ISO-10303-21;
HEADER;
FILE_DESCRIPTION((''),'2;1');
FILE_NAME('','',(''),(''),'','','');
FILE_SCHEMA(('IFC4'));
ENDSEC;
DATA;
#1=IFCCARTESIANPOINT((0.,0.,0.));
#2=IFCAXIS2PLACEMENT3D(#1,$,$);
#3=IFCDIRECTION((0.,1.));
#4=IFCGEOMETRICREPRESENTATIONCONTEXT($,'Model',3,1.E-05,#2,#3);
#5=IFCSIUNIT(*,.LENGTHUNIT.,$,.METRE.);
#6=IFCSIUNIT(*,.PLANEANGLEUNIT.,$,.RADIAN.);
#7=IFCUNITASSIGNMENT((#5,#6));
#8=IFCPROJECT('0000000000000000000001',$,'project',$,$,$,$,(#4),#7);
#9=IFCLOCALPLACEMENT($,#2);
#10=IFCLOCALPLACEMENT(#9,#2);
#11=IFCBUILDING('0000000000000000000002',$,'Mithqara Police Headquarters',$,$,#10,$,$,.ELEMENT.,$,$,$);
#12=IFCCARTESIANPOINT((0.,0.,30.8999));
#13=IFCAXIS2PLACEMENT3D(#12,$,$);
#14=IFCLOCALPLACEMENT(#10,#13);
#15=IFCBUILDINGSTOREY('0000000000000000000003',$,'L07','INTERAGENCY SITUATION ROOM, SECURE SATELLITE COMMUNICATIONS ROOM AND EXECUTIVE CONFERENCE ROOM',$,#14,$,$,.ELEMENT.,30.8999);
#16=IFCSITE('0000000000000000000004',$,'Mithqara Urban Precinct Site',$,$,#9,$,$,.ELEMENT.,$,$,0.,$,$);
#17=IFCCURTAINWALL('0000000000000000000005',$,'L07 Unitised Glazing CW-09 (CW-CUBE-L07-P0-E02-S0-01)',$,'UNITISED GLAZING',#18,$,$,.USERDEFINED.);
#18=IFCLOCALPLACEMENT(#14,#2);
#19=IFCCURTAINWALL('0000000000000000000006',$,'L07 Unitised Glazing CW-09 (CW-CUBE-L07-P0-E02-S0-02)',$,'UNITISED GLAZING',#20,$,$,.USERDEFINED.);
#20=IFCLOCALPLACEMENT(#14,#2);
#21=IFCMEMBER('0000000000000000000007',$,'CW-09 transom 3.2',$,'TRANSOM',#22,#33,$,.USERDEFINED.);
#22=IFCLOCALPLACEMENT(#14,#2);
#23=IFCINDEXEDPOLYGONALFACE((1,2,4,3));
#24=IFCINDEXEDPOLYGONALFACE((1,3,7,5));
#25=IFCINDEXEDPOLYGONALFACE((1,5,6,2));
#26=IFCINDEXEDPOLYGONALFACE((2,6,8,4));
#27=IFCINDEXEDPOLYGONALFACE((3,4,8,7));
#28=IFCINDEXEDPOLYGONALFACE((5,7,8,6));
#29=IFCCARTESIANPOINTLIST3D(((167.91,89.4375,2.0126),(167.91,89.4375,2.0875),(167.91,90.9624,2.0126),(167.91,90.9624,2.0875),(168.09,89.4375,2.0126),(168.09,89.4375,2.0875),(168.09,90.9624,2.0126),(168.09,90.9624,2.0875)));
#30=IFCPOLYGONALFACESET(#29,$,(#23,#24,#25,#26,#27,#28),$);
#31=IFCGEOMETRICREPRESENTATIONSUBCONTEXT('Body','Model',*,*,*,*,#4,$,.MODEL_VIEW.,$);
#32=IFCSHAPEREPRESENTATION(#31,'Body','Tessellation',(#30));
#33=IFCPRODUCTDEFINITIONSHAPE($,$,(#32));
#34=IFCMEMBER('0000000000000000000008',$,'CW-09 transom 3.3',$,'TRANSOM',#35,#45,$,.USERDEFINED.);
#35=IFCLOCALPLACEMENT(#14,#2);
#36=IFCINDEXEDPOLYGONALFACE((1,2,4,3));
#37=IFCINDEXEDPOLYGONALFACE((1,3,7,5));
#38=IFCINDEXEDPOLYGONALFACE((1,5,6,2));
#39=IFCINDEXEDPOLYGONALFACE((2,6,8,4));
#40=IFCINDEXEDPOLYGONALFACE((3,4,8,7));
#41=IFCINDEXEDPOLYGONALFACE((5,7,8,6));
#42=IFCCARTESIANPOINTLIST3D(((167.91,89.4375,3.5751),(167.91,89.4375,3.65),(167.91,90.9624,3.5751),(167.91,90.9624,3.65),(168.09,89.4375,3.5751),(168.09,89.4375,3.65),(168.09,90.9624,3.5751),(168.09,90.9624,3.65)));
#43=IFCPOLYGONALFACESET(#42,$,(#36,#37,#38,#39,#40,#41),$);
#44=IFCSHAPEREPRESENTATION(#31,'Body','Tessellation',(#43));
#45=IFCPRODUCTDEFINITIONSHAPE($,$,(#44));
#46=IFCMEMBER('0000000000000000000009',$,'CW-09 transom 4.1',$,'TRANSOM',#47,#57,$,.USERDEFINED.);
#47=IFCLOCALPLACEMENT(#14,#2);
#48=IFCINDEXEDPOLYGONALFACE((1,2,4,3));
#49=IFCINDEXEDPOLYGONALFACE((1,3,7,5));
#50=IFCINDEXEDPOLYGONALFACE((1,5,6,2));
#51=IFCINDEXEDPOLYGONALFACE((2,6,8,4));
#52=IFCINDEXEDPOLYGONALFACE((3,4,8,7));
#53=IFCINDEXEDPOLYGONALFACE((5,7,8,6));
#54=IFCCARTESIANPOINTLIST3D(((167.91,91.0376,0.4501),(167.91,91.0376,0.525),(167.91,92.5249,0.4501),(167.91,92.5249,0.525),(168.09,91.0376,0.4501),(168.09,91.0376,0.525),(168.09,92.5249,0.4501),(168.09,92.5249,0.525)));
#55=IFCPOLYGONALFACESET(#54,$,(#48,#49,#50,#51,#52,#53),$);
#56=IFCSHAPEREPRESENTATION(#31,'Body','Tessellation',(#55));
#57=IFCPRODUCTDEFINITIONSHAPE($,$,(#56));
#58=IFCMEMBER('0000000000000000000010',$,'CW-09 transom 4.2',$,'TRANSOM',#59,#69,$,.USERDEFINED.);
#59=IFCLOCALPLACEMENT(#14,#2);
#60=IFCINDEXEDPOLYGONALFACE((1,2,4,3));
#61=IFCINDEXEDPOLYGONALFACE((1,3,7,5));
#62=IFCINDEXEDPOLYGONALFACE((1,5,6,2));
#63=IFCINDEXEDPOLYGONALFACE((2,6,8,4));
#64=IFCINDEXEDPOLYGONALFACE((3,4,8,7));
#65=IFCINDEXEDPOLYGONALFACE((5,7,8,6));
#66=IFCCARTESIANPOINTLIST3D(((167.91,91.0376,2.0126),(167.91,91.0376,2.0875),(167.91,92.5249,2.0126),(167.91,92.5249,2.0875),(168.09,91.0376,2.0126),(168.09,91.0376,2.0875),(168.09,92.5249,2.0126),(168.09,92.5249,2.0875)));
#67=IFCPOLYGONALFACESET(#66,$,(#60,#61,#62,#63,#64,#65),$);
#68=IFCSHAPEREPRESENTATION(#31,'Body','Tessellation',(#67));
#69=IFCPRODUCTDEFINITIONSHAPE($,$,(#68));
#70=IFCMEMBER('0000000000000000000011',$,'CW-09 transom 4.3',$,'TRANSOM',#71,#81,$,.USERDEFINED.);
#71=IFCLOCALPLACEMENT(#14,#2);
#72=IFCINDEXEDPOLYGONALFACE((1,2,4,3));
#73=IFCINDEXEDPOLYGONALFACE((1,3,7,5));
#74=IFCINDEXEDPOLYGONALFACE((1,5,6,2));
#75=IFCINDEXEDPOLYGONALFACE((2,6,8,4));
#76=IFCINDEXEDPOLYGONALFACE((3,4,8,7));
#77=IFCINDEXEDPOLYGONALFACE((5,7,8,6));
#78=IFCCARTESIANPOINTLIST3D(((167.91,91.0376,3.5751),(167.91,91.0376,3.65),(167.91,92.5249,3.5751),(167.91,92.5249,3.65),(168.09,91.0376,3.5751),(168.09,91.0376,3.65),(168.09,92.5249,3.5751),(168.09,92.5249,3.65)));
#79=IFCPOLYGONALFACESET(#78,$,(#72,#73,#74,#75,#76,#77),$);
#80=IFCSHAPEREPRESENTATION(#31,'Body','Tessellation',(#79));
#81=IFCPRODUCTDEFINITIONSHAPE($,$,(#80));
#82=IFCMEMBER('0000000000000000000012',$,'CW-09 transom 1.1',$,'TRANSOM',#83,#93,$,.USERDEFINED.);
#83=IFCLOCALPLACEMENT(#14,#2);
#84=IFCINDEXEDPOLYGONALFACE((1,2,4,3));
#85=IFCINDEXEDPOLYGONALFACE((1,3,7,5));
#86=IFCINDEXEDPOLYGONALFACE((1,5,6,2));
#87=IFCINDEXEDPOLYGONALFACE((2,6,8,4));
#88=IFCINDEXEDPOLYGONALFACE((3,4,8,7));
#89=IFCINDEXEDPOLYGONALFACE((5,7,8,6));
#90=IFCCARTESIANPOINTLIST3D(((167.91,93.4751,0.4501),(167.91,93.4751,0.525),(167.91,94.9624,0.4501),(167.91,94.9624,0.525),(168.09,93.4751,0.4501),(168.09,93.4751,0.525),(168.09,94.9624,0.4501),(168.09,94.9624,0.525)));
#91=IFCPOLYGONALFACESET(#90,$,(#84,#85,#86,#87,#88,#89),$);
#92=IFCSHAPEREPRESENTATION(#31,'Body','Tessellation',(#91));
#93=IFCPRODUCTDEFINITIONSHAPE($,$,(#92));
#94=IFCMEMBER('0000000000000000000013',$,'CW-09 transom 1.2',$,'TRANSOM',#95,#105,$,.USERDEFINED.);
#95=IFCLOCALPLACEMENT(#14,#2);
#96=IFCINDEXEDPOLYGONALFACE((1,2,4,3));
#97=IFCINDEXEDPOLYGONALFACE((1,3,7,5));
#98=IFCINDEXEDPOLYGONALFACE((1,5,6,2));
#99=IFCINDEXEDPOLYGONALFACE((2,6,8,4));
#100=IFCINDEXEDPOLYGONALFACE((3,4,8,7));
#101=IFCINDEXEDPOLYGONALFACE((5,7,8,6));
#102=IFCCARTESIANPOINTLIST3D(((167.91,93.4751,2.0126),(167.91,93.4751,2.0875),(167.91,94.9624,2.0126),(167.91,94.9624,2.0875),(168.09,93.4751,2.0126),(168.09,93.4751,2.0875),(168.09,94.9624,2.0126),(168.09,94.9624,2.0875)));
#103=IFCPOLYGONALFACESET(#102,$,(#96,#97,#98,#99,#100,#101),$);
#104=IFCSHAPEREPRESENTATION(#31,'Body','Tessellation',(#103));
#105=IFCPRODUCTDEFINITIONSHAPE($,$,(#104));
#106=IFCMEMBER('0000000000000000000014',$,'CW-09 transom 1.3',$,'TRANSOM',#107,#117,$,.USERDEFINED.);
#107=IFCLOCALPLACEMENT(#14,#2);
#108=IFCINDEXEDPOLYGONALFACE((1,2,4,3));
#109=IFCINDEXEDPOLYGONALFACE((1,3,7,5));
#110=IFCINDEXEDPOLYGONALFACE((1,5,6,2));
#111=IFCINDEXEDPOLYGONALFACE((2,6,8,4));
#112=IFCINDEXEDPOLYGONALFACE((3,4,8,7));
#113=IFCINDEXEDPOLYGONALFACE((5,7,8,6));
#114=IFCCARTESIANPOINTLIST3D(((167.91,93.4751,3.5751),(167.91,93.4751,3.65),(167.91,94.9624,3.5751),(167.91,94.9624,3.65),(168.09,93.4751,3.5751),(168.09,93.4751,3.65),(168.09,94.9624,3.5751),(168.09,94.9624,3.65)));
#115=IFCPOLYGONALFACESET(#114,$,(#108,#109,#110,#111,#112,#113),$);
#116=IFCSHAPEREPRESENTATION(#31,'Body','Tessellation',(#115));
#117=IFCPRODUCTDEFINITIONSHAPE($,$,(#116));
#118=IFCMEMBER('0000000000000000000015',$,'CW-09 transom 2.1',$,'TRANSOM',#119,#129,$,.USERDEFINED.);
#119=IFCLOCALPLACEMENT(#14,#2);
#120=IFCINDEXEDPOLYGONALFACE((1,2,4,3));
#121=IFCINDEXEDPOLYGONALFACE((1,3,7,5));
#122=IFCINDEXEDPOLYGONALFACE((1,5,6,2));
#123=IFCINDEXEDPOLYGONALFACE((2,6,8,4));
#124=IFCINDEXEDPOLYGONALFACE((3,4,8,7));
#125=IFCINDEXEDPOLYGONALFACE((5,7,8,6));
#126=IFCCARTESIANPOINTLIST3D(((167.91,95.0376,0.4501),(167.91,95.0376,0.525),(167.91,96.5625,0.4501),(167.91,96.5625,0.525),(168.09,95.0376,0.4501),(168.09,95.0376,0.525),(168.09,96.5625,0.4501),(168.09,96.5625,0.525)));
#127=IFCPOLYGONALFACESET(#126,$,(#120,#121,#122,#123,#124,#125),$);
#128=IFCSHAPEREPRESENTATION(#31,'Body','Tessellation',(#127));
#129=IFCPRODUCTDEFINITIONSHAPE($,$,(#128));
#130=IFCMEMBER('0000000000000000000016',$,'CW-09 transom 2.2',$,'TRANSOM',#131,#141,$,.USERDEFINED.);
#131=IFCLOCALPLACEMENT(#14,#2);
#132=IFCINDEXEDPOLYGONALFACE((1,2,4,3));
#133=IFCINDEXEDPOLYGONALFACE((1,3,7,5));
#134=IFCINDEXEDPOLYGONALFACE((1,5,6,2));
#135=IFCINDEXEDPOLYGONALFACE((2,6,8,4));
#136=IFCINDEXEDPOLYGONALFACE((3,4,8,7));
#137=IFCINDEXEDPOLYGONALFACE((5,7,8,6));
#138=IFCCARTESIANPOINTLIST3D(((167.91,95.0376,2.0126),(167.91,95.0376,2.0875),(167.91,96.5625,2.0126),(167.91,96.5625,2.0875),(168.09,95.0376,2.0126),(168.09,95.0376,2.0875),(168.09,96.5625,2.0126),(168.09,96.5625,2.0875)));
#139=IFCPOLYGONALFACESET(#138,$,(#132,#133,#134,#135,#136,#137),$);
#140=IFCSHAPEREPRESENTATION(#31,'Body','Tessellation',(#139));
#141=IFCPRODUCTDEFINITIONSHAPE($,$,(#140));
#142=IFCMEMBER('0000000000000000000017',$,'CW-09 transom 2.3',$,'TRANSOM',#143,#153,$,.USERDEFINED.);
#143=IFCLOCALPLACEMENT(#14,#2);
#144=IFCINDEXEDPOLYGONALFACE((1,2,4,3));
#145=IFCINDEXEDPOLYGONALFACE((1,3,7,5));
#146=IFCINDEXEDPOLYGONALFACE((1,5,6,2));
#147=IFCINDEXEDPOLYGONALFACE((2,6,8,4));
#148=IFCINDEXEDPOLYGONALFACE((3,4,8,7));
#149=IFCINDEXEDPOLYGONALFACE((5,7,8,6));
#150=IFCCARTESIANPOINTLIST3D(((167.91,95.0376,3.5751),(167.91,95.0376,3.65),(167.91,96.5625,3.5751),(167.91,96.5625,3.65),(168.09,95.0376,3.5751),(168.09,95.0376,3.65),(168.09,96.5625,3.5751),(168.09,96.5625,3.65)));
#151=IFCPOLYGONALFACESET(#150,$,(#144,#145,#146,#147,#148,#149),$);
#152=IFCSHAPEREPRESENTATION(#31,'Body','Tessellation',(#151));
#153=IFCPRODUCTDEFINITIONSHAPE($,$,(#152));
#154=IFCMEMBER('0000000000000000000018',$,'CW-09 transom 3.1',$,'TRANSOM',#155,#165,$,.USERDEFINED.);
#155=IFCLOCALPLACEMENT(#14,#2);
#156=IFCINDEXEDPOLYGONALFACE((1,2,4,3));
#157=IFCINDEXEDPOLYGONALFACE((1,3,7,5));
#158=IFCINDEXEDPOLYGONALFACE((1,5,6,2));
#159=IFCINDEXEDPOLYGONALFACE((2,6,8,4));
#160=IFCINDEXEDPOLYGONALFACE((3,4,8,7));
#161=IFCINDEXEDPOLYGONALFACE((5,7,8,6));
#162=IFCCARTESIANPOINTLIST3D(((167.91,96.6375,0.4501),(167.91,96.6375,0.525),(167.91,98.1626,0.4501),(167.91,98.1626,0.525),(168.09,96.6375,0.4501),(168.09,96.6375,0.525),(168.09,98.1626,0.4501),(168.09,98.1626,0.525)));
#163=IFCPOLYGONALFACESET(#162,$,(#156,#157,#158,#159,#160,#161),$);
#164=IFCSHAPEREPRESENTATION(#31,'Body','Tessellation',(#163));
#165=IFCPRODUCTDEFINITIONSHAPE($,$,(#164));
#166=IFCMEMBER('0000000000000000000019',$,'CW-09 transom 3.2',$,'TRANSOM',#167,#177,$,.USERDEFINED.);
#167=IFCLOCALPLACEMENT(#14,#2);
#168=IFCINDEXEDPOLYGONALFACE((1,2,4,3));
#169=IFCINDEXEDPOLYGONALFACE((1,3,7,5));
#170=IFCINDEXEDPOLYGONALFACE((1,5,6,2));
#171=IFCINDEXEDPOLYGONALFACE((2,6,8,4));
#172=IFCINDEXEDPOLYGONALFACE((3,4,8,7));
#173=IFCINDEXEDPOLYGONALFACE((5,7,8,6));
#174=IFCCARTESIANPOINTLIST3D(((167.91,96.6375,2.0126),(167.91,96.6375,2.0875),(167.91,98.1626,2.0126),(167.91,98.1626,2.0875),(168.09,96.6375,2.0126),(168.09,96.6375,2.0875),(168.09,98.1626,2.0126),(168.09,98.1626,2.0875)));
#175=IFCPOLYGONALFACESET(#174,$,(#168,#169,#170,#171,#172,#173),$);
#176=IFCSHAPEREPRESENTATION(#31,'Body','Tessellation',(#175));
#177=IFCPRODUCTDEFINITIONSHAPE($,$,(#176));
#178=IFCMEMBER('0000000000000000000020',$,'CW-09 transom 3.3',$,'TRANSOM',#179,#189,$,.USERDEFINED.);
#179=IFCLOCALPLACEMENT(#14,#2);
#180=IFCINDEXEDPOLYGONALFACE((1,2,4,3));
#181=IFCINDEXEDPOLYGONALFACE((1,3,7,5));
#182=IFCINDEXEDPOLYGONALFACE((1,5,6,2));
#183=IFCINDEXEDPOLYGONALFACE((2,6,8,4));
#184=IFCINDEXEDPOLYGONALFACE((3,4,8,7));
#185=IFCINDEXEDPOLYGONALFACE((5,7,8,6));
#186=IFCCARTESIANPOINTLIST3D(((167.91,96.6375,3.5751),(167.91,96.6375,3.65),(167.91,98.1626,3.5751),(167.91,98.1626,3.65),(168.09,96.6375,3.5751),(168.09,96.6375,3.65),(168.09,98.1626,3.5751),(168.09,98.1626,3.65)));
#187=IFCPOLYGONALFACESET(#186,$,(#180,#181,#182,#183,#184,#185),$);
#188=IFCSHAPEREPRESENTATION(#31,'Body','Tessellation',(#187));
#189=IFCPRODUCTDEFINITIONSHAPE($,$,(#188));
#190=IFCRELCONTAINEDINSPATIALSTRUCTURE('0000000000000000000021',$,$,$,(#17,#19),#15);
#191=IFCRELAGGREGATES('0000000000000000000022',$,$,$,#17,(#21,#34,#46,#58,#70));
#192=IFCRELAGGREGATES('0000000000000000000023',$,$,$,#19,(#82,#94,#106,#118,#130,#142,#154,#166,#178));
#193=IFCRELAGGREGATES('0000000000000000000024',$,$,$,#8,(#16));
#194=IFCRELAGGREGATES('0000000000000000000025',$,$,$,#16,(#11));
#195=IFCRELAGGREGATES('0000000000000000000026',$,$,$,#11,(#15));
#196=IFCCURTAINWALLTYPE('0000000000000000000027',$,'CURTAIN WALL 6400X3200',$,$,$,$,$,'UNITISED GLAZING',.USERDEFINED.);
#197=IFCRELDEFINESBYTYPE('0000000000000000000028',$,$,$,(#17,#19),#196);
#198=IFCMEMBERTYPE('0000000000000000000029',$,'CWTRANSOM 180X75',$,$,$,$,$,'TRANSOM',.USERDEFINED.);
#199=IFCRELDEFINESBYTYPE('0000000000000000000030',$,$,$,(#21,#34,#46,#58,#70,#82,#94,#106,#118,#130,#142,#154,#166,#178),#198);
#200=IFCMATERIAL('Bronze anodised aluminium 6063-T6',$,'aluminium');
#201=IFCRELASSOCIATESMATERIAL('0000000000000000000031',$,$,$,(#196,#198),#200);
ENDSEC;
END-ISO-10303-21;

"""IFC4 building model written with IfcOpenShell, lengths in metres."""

from ifc_helpers import new_model, si_unit, direction, frame, origin, origin_2d, place, context, subcontext, project, spatial, rectangle, extrude, material, material_profile, profile_set, type_object, element, aggregate, save


model = new_model("IFC4")

# Units and contexts
model_context = context("Model", 3, precision=1e-05, world=origin(), true_north=direction((0.0, 1.0)))
body_context = subcontext(model_context, "Body", "Model", "MODEL_VIEW")
ifc_project = project(units=[si_unit("LENGTHUNIT", "METRE"), si_unit("PLANEANGLEUNIT", "RADIAN")], contexts=[model_context])

# Site, building, storey
site_placement = place(None, origin())
site = spatial("IfcSite", under=ifc_project, at=site_placement, Name="Mithqara Urban Precinct Site", CompositionType="ELEMENT", RefElevation=0.0)
building_placement = place(site_placement, origin())
building = spatial("IfcBuilding", under=site, at=building_placement, Name="Mithqara Police Headquarters", CompositionType="ELEMENT")
storey_placement = place(building_placement, frame((0.0, 0.0, 30.8999)))
storey = spatial("IfcBuildingStorey", under=building, at=storey_placement, Name="L07", Description="INTERAGENCY SITUATION ROOM, SECURE SATELLITE COMMUNICATIONS ROOM AND EXECUTIVE CONFERENCE ROOM", CompositionType="ELEMENT", Elevation=30.8999)

# Curtain walls
ifc_material_1 = material(Name="Bronze anodised aluminium 6063-T6", Category="aluminium")
curtain_wall_type = type_object("IfcCurtainWallType", Name="CURTAIN WALL 6400X3200", ElementType="UNITISED GLAZING", PredefinedType="USERDEFINED", material=ifc_material_1)
curtain_wall_1_placement = place(storey_placement, origin())
curtain_wall_1 = element("IfcCurtainWall", 1, at=curtain_wall_1_placement, inside=storey, type_object=curtain_wall_type, Name="L07 Unitised Glazing CW-09 (CW-CUBE-L07-P0-E02-S0-01)", ObjectType="UNITISED GLAZING", PredefinedType="USERDEFINED")
curtain_wall_2_placement = place(storey_placement, origin())
curtain_wall_2 = element("IfcCurtainWall", 2, at=curtain_wall_2_placement, inside=storey, type_object=curtain_wall_type, Name="L07 Unitised Glazing CW-09 (CW-CUBE-L07-P0-E02-S0-02)", ObjectType="UNITISED GLAZING", PredefinedType="USERDEFINED")

# Members
ifc_material_profile_1 = material_profile(ifc_material_1, rectangle(XDim=0.1799, YDim=0.075, at=origin_2d()), Name="CWT 180x75")
ifc_profile_set_1 = profile_set([ifc_material_profile_1], Name="Bronze anodised aluminium 6063-T6")
member_type_1 = type_object("IfcMemberType", Name="CWTRANSOM 180X75", ElementType="TRANSOM", PredefinedType="USERDEFINED", material=ifc_profile_set_1)
member_1_placement = place(storey_placement, frame((168.0, 89.4375, 2.05), z_axis=(0.0, 1.0, 0.0), x_axis=(-1.0, 0.0, 0.0)))
member_1 = element("IfcMember", 3, at=member_1_placement, type_object=member_type_1, Name="CW-09 transom 3.2", ObjectType="TRANSOM", PredefinedType="USERDEFINED", context=body_context, shape_type="SweptSolid", body=[
    extrude(rectangle(XDim=0.1799, YDim=0.075, at=origin_2d()), origin(), (0.0, 0.0, 1.0), 1.5249),
])
member_2_placement = place(storey_placement, frame((168.0, 89.4375, 3.6125), z_axis=(0.0, 1.0, 0.0), x_axis=(-1.0, 0.0, 0.0)))
member_2 = element("IfcMember", 4, at=member_2_placement, type_object=member_type_1, Name="CW-09 transom 3.3", ObjectType="TRANSOM", PredefinedType="USERDEFINED", context=body_context, shape_type="SweptSolid", body=[
    extrude(rectangle(XDim=0.1799, YDim=0.075, at=origin_2d()), origin(), (0.0, 0.0, 1.0), 1.5249),
])
member_3_placement = place(storey_placement, frame((168.0, 91.0376, 0.4875), z_axis=(0.0, 1.0, 0.0), x_axis=(-1.0, 0.0, 0.0)))
member_3 = element("IfcMember", 5, at=member_3_placement, type_object=member_type_1, Name="CW-09 transom 4.1", ObjectType="TRANSOM", PredefinedType="USERDEFINED", context=body_context, shape_type="SweptSolid", body=[
    extrude(rectangle(XDim=0.1799, YDim=0.075, at=origin_2d()), origin(), (0.0, 0.0, 1.0), 1.4873),
])
member_4_placement = place(storey_placement, frame((168.0, 91.0376, 2.05), z_axis=(0.0, 1.0, 0.0), x_axis=(-1.0, 0.0, 0.0)))
member_4 = element("IfcMember", 6, at=member_4_placement, type_object=member_type_1, Name="CW-09 transom 4.2", ObjectType="TRANSOM", PredefinedType="USERDEFINED", context=body_context, shape_type="SweptSolid", body=[
    extrude(rectangle(XDim=0.1799, YDim=0.075, at=origin_2d()), origin(), (0.0, 0.0, 1.0), 1.4873),
])
member_5_placement = place(storey_placement, frame((168.0, 91.0376, 3.6125), z_axis=(0.0, 1.0, 0.0), x_axis=(-1.0, 0.0, 0.0)))
member_5 = element("IfcMember", 7, at=member_5_placement, type_object=member_type_1, Name="CW-09 transom 4.3", ObjectType="TRANSOM", PredefinedType="USERDEFINED", context=body_context, shape_type="SweptSolid", body=[
    extrude(rectangle(XDim=0.1799, YDim=0.075, at=origin_2d()), origin(), (0.0, 0.0, 1.0), 1.4873),
])
member_6_placement = place(storey_placement, frame((168.0, 93.4751, 0.4875), z_axis=(0.0, 1.0, 0.0), x_axis=(-1.0, 0.0, 0.0)))
member_6 = element("IfcMember", 8, at=member_6_placement, type_object=member_type_1, Name="CW-09 transom 1.1", ObjectType="TRANSOM", PredefinedType="USERDEFINED", context=body_context, shape_type="SweptSolid", body=[
    extrude(rectangle(XDim=0.1799, YDim=0.075, at=origin_2d()), origin(), (0.0, 0.0, 1.0), 1.4873),
])
member_7_placement = place(storey_placement, frame((168.0, 93.4751, 2.05), z_axis=(0.0, 1.0, 0.0), x_axis=(-1.0, 0.0, 0.0)))
member_7 = element("IfcMember", 9, at=member_7_placement, type_object=member_type_1, Name="CW-09 transom 1.2", ObjectType="TRANSOM", PredefinedType="USERDEFINED", context=body_context, shape_type="SweptSolid", body=[
    extrude(rectangle(XDim=0.1799, YDim=0.075, at=origin_2d()), origin(), (0.0, 0.0, 1.0), 1.4873),
])
member_8_placement = place(storey_placement, frame((168.0, 93.4751, 3.6125), z_axis=(0.0, 1.0, 0.0), x_axis=(-1.0, 0.0, 0.0)))
member_8 = element("IfcMember", 10, at=member_8_placement, type_object=member_type_1, Name="CW-09 transom 1.3", ObjectType="TRANSOM", PredefinedType="USERDEFINED", context=body_context, shape_type="SweptSolid", body=[
    extrude(rectangle(XDim=0.1799, YDim=0.075, at=origin_2d()), origin(), (0.0, 0.0, 1.0), 1.4873),
])
member_9_placement = place(storey_placement, frame((168.0, 95.0376, 0.4875), z_axis=(0.0, 1.0, 0.0), x_axis=(-1.0, 0.0, 0.0)))
member_9 = element("IfcMember", 11, at=member_9_placement, type_object=member_type_1, Name="CW-09 transom 2.1", ObjectType="TRANSOM", PredefinedType="USERDEFINED", context=body_context, shape_type="SweptSolid", body=[
    extrude(rectangle(XDim=0.1799, YDim=0.075, at=origin_2d()), origin(), (0.0, 0.0, 1.0), 1.5249),
])
member_10_placement = place(storey_placement, frame((168.0, 95.0376, 2.05), z_axis=(0.0, 1.0, 0.0), x_axis=(-1.0, 0.0, 0.0)))
member_10 = element("IfcMember", 12, at=member_10_placement, type_object=member_type_1, Name="CW-09 transom 2.2", ObjectType="TRANSOM", PredefinedType="USERDEFINED", context=body_context, shape_type="SweptSolid", body=[
    extrude(rectangle(XDim=0.1799, YDim=0.075, at=origin_2d()), origin(), (0.0, 0.0, 1.0), 1.5249),
])
member_11_placement = place(storey_placement, frame((168.0, 95.0376, 3.6125), z_axis=(0.0, 1.0, 0.0), x_axis=(-1.0, 0.0, 0.0)))
member_11 = element("IfcMember", 13, at=member_11_placement, type_object=member_type_1, Name="CW-09 transom 2.3", ObjectType="TRANSOM", PredefinedType="USERDEFINED", context=body_context, shape_type="SweptSolid", body=[
    extrude(rectangle(XDim=0.1799, YDim=0.075, at=origin_2d()), origin(), (0.0, 0.0, 1.0), 1.5249),
])
member_12_placement = place(storey_placement, frame((168.0, 96.6375, 0.4875), z_axis=(0.0, 1.0, 0.0), x_axis=(-1.0, 0.0, 0.0)))
member_12 = element("IfcMember", 14, at=member_12_placement, type_object=member_type_1, Name="CW-09 transom 3.1", ObjectType="TRANSOM", PredefinedType="USERDEFINED", context=body_context, shape_type="SweptSolid", body=[
    extrude(rectangle(XDim=0.1799, YDim=0.075, at=origin_2d()), origin(), (0.0, 0.0, 1.0), 1.5251),
])
member_13_placement = place(storey_placement, frame((168.0, 96.6375, 2.05), z_axis=(0.0, 1.0, 0.0), x_axis=(-1.0, 0.0, 0.0)))
member_13 = element("IfcMember", 15, at=member_13_placement, type_object=member_type_1, Name="CW-09 transom 3.2", ObjectType="TRANSOM", PredefinedType="USERDEFINED", context=body_context, shape_type="SweptSolid", body=[
    extrude(rectangle(XDim=0.1799, YDim=0.075, at=origin_2d()), origin(), (0.0, 0.0, 1.0), 1.5251),
])
member_14_placement = place(storey_placement, frame((168.0, 96.6375, 3.6125), z_axis=(0.0, 1.0, 0.0), x_axis=(-1.0, 0.0, 0.0)))
member_14 = element("IfcMember", 16, at=member_14_placement, type_object=member_type_1, Name="CW-09 transom 3.3", ObjectType="TRANSOM", PredefinedType="USERDEFINED", context=body_context, shape_type="SweptSolid", body=[
    extrude(rectangle(XDim=0.1799, YDim=0.075, at=origin_2d()), origin(), (0.0, 0.0, 1.0), 1.5251),
])

aggregate(curtain_wall_1, [member_1, member_2, member_3, member_4, member_5])
aggregate(curtain_wall_2, [member_6, member_7, member_8, member_9, member_10, member_11, member_12, member_13, member_14])

save(model, "model.ifc")
